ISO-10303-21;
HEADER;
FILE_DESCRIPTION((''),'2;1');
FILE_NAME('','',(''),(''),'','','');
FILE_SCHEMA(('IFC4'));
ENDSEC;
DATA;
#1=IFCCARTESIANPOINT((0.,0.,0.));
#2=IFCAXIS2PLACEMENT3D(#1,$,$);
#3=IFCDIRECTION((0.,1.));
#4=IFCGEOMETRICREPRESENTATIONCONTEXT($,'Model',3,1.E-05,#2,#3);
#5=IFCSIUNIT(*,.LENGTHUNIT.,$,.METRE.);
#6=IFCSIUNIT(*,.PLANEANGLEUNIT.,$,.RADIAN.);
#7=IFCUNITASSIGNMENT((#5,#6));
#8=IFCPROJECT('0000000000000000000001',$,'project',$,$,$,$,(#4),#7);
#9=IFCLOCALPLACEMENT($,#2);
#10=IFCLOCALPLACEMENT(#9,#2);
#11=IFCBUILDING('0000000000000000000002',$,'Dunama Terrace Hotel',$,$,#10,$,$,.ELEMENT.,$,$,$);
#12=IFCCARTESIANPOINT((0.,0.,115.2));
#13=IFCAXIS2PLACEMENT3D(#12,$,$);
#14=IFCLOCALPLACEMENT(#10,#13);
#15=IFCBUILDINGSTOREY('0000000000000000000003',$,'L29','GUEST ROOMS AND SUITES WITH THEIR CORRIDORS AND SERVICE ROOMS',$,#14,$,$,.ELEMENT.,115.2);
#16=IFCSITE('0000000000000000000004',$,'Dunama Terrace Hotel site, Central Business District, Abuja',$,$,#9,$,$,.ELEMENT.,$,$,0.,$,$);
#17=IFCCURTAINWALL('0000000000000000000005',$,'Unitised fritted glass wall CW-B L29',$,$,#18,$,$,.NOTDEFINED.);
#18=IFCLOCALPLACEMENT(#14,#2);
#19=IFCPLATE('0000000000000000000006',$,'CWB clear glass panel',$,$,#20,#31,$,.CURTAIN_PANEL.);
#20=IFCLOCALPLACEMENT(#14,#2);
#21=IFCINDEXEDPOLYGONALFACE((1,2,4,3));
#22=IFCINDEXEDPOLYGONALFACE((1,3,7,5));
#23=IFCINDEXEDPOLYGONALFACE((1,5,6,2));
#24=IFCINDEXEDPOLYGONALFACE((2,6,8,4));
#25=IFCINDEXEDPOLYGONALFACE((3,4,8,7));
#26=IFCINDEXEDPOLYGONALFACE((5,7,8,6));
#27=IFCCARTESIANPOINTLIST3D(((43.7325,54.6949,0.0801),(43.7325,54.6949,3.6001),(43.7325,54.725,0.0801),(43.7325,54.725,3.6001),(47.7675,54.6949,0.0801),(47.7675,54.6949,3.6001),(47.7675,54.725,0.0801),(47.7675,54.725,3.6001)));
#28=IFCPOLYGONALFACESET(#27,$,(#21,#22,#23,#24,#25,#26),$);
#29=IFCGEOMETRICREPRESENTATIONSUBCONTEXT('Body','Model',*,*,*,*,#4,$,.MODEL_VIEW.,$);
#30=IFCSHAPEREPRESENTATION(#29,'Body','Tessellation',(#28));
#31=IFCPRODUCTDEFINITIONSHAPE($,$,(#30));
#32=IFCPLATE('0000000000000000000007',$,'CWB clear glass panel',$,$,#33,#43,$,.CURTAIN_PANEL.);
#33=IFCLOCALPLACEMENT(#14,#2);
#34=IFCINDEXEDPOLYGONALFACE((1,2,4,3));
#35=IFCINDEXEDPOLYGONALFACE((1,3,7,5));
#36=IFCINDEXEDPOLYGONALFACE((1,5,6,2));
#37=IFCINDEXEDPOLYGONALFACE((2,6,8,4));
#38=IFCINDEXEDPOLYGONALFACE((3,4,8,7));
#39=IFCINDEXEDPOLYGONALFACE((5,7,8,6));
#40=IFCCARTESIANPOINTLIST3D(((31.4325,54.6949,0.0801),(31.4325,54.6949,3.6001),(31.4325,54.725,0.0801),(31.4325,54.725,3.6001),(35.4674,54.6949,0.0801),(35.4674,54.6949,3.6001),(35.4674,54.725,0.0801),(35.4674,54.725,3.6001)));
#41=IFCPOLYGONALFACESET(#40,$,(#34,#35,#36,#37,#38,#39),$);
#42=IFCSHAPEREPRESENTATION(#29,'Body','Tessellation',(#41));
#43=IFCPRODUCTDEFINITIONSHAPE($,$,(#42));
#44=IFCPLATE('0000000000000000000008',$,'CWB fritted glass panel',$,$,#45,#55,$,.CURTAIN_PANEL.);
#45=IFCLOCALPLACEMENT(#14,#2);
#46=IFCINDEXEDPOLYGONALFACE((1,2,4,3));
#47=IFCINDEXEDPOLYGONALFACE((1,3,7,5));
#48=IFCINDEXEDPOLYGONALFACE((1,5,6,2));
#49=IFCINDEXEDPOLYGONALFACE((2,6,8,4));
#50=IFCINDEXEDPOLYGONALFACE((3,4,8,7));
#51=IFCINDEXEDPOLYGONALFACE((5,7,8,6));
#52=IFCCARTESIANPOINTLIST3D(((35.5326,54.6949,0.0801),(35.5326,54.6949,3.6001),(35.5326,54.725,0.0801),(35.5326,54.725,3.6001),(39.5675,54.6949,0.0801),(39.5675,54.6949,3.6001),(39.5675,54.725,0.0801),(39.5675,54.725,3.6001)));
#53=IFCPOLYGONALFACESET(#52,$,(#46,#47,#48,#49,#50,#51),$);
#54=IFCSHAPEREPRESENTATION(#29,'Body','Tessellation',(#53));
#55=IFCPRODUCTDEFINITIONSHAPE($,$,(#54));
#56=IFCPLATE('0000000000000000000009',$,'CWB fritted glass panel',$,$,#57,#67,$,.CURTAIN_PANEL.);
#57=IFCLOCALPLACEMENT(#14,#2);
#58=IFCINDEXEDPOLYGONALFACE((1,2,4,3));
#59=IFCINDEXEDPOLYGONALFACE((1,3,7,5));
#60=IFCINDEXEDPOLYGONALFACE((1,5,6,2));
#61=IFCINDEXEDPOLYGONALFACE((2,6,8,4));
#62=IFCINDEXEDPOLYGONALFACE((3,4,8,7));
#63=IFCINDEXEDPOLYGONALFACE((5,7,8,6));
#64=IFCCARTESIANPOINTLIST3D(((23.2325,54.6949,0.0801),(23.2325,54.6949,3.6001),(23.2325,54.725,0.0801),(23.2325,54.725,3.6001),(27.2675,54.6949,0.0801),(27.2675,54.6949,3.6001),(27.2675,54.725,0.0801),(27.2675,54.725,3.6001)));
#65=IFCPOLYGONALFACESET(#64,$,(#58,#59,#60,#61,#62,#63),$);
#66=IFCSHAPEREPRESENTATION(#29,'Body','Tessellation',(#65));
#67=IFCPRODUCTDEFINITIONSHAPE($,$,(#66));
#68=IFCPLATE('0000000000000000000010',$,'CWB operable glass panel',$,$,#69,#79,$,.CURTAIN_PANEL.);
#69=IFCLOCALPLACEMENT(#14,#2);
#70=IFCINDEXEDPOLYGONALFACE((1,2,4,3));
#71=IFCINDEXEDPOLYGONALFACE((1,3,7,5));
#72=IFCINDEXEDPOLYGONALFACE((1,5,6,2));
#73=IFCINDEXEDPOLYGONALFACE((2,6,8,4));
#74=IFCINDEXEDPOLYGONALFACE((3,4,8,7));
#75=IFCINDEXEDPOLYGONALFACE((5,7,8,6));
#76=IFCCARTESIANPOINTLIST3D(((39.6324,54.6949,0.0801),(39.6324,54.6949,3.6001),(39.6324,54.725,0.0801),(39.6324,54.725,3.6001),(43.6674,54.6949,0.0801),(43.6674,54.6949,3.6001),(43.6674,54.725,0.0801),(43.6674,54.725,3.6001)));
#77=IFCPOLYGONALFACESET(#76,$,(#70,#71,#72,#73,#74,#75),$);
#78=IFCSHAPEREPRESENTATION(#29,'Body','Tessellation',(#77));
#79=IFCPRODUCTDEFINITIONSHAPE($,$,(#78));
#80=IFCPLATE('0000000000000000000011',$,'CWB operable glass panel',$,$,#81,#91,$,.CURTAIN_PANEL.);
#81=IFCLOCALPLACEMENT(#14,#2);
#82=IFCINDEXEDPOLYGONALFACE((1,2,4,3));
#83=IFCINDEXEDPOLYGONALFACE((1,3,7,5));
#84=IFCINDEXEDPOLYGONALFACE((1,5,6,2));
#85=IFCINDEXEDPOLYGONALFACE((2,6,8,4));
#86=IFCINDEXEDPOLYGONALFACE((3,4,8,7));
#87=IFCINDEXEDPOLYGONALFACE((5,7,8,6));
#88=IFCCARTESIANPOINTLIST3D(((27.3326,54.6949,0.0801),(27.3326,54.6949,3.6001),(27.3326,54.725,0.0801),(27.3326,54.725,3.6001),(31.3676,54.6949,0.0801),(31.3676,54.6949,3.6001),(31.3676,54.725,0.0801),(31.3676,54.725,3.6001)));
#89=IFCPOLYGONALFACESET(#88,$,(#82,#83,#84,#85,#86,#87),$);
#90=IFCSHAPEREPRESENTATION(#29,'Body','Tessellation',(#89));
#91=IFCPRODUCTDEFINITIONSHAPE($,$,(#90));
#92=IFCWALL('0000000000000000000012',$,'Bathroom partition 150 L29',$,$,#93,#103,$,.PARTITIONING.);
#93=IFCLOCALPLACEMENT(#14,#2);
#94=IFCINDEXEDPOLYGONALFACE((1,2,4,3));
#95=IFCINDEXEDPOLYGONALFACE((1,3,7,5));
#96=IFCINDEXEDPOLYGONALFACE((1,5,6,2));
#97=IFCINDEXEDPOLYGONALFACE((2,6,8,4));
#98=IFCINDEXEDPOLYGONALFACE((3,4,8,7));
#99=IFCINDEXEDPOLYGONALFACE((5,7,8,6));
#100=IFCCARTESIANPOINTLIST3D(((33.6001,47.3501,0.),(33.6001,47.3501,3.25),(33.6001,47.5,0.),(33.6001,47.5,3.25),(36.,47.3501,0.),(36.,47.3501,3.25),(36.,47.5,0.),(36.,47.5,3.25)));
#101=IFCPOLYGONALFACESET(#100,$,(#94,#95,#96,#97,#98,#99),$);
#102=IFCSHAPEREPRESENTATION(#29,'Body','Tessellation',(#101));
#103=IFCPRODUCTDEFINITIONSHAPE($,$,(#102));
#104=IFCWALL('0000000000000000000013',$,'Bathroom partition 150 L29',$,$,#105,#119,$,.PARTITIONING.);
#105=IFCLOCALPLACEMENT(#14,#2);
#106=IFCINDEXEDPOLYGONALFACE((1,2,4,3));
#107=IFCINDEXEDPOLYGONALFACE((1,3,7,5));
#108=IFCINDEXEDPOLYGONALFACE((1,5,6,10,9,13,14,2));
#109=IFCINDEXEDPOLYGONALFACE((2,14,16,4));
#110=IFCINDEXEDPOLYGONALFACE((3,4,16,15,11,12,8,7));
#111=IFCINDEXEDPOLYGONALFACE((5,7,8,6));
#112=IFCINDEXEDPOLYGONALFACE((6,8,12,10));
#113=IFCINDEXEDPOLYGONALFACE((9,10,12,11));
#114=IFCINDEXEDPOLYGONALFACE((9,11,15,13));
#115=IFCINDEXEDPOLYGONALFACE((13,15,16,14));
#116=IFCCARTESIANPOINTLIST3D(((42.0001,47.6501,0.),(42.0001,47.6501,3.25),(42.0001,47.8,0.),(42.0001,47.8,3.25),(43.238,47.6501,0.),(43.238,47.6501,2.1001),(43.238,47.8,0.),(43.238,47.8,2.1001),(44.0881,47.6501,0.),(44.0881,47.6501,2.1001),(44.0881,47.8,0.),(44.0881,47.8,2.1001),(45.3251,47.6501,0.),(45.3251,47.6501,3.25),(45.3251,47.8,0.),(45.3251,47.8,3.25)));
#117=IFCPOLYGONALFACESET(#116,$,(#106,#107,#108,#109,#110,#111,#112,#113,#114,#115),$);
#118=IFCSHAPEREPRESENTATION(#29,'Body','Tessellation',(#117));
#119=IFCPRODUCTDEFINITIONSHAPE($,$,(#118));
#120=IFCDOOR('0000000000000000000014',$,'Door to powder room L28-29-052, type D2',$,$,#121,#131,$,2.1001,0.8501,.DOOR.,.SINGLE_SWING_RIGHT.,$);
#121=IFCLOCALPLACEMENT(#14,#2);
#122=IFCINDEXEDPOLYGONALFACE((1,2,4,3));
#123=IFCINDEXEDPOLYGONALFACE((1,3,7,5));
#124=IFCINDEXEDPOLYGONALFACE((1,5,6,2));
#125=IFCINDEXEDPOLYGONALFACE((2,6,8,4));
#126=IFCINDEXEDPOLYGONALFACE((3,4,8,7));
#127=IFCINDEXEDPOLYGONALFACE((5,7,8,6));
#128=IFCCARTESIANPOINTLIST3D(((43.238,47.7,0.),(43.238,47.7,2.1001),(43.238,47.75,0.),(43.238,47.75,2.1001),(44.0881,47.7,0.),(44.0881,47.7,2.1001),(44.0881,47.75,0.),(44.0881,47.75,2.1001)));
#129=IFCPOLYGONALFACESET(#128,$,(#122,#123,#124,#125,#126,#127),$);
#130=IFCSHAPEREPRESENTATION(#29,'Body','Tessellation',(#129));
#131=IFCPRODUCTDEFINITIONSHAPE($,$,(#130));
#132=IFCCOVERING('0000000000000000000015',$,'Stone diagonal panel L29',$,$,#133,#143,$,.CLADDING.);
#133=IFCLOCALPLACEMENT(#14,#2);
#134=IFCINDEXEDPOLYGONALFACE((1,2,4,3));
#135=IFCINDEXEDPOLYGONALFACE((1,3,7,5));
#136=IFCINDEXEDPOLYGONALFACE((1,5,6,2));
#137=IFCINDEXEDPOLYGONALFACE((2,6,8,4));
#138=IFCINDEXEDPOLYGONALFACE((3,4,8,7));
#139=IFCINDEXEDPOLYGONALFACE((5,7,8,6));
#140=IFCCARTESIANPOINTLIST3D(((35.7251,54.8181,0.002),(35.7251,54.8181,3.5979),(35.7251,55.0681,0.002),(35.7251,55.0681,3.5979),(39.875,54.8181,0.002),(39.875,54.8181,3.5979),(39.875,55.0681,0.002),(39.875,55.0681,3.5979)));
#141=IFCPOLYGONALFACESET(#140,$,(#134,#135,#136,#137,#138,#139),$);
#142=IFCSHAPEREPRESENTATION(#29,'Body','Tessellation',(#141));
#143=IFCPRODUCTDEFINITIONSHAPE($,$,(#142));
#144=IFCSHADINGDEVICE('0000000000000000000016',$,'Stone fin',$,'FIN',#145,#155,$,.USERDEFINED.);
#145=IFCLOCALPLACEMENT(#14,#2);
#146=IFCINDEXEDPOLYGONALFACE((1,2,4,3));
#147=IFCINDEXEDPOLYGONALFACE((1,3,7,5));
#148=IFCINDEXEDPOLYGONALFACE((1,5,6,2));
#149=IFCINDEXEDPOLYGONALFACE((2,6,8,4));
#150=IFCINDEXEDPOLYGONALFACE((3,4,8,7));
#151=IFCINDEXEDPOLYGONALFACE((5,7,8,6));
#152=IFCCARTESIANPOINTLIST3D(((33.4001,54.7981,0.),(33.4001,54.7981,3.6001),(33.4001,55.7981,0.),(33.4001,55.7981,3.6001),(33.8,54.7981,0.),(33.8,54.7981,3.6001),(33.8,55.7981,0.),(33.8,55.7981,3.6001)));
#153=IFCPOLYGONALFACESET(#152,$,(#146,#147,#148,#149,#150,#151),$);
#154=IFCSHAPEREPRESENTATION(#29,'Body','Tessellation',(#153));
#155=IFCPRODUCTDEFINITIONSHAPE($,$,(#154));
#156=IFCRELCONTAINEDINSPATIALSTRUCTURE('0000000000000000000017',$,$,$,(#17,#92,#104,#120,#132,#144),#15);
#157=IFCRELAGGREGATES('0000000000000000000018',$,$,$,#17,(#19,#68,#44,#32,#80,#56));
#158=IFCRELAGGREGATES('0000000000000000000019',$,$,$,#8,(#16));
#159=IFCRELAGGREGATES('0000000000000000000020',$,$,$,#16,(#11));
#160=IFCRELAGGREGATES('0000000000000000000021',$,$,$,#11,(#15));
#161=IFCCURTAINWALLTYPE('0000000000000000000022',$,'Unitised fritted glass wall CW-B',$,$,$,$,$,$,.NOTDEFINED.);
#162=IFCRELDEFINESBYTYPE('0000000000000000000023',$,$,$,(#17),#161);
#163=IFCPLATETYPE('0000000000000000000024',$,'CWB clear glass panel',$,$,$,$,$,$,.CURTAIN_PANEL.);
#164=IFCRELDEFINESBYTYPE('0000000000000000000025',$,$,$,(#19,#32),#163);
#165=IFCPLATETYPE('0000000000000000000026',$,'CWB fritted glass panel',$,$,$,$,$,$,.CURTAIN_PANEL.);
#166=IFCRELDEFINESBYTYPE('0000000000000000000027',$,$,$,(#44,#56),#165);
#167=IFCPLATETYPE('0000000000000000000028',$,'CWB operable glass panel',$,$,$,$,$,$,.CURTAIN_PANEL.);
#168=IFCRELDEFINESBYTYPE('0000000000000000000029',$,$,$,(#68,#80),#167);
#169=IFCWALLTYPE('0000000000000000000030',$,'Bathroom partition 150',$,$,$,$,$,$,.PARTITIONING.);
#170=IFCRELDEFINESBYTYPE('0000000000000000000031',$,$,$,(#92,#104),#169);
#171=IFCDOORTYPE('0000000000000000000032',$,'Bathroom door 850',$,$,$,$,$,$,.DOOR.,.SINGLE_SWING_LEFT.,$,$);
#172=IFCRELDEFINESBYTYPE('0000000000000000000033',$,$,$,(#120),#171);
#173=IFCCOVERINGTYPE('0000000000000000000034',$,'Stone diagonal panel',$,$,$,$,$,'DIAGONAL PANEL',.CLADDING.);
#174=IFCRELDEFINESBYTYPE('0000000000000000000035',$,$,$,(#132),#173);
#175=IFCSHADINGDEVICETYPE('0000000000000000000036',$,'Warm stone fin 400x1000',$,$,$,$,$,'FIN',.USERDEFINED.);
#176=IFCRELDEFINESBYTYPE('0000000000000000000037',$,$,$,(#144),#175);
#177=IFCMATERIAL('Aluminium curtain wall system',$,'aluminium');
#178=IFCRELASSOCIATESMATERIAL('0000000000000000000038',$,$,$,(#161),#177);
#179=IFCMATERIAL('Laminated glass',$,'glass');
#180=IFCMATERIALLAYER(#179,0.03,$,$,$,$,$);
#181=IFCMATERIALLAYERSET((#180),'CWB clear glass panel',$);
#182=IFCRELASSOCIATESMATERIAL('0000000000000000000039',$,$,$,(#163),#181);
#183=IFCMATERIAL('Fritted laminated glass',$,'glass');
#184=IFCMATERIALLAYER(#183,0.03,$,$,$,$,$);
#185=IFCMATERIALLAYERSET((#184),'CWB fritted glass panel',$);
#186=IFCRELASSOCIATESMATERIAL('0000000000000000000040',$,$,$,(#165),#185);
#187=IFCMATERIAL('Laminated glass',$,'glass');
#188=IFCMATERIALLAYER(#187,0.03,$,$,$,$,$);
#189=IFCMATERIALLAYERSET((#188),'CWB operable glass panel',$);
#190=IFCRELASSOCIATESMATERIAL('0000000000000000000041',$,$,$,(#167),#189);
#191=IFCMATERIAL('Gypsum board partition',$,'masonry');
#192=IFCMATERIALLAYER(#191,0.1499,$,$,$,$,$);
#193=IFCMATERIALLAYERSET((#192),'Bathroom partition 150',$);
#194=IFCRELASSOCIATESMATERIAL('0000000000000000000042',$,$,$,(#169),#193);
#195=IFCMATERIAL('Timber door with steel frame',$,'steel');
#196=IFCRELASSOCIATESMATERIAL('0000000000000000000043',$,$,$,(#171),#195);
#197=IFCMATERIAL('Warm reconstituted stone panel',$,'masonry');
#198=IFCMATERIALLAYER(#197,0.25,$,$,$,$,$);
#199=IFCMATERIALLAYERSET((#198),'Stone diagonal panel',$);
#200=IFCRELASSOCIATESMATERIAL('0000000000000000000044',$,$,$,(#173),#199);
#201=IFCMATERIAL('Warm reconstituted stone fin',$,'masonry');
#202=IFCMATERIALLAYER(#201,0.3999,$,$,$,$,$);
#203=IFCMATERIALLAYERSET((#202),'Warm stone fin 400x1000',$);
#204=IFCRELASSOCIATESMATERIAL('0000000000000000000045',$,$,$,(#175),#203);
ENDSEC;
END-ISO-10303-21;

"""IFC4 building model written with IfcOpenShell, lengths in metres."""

from ifc_helpers import new_model, si_unit, direction, frame, frame_2d, origin, origin_2d, place, context, subcontext, project, spatial, rectangle, extrude, material, layer, layer_set, type_object, element, fill, aggregate, save


model = new_model("IFC4")

# Units and contexts
model_context = context("Model", 3, precision=1e-05, world=origin(), true_north=direction((0.0, 1.0)))
body_context = subcontext(model_context, "Body", "Model", "MODEL_VIEW")
ifc_project = project(units=[si_unit("LENGTHUNIT", "METRE"), si_unit("PLANEANGLEUNIT", "RADIAN")], contexts=[model_context])

# Site, building, storey
site_placement = place(None, origin())
site = spatial("IfcSite", under=ifc_project, at=site_placement, Name="Dunama Terrace Hotel site, Central Business District, Abuja", CompositionType="ELEMENT", RefElevation=0.0)
building_placement = place(site_placement, origin())
building = spatial("IfcBuilding", under=site, at=building_placement, Name="Dunama Terrace Hotel", CompositionType="ELEMENT")
storey_placement = place(building_placement, frame((0.0, 0.0, 115.2)))
storey = spatial("IfcBuildingStorey", under=building, at=storey_placement, Name="L29", Description="GUEST ROOMS AND SUITES WITH THEIR CORRIDORS AND SERVICE ROOMS", CompositionType="ELEMENT", Elevation=115.2)

# Curtain wall
ifc_material_1 = material(Name="Aluminium curtain wall system", Category="aluminium")
curtain_wall_type = type_object("IfcCurtainWallType", Name="Unitised fritted glass wall CW-B", PredefinedType="NOTDEFINED", material=ifc_material_1)
curtain_wall_placement = place(storey_placement, origin())
curtain_wall = element("IfcCurtainWall", 1, at=curtain_wall_placement, inside=storey, type_object=curtain_wall_type, Name="Unitised fritted glass wall CW-B L29", PredefinedType="NOTDEFINED")

# Plates
ifc_material_2 = material(Name="Laminated glass", Category="glass")
ifc_layer_1 = layer(ifc_material_2, 0.03)
ifc_layer_set_1 = layer_set([ifc_layer_1], Name="CWB clear glass panel")
plate_type_1 = type_object("IfcPlateType", Name="CWB clear glass panel", PredefinedType="CURTAIN_PANEL", material=ifc_layer_set_1)
plate_1_placement = place(storey_placement, frame((45.75, 54.71, 0.0801), z_axis=(0.0, 0.0, 1.0), x_axis=(-1.0, 0.0, 0.0)))
plate_1 = element("IfcPlate", 2, at=plate_1_placement, type_object=plate_type_1, Name="CWB clear glass panel", PredefinedType="CURTAIN_PANEL", context=body_context, shape_type="SweptSolid", body=[
    extrude(rectangle(XDim=4.0349, YDim=0.03, at=origin_2d()), origin(), (0.0, 0.0, 1.0), 3.52),
])
plate_2_placement = place(storey_placement, frame((33.45, 54.71, 0.0801), z_axis=(0.0, 0.0, 1.0), x_axis=(-1.0, 0.0, 0.0)))
plate_2 = element("IfcPlate", 3, at=plate_2_placement, type_object=plate_type_1, Name="CWB clear glass panel", PredefinedType="CURTAIN_PANEL", context=body_context, shape_type="SweptSolid", body=[
    extrude(rectangle(XDim=4.0349, YDim=0.03, at=origin_2d()), origin(), (0.0, 0.0, 1.0), 3.52),
])
ifc_material_3 = material(Name="Fritted laminated glass", Category="glass")
ifc_layer_2 = layer(ifc_material_3, 0.03)
ifc_layer_set_2 = layer_set([ifc_layer_2], Name="CWB fritted glass panel")
plate_type_2 = type_object("IfcPlateType", Name="CWB fritted glass panel", PredefinedType="CURTAIN_PANEL", material=ifc_layer_set_2)
plate_3_placement = place(storey_placement, frame((37.55, 54.71, 0.0801), z_axis=(0.0, 0.0, 1.0), x_axis=(-1.0, 0.0, 0.0)))
plate_3 = element("IfcPlate", 4, at=plate_3_placement, type_object=plate_type_2, Name="CWB fritted glass panel", PredefinedType="CURTAIN_PANEL", context=body_context, shape_type="SweptSolid", body=[
    extrude(rectangle(XDim=4.0349, YDim=0.03, at=origin_2d()), origin(), (0.0, 0.0, 1.0), 3.52),
])
plate_4_placement = place(storey_placement, frame((25.25, 54.71, 0.0801), z_axis=(0.0, 0.0, 1.0), x_axis=(-1.0, 0.0, 0.0)))
plate_4 = element("IfcPlate", 5, at=plate_4_placement, type_object=plate_type_2, Name="CWB fritted glass panel", PredefinedType="CURTAIN_PANEL", context=body_context, shape_type="SweptSolid", body=[
    extrude(rectangle(XDim=4.0349, YDim=0.03, at=origin_2d()), origin(), (0.0, 0.0, 1.0), 3.52),
])
ifc_material_4 = material(Name="Laminated glass", Category="glass")
ifc_layer_3 = layer(ifc_material_4, 0.03)
ifc_layer_set_3 = layer_set([ifc_layer_3], Name="CWB operable glass panel")
plate_type_3 = type_object("IfcPlateType", Name="CWB operable glass panel", PredefinedType="CURTAIN_PANEL", material=ifc_layer_set_3)
plate_5_placement = place(storey_placement, frame((41.6499, 54.71, 0.0801), z_axis=(0.0, 0.0, 1.0), x_axis=(-1.0, 0.0, 0.0)))
plate_5 = element("IfcPlate", 6, at=plate_5_placement, type_object=plate_type_3, Name="CWB operable glass panel", PredefinedType="CURTAIN_PANEL", context=body_context, shape_type="SweptSolid", body=[
    extrude(rectangle(XDim=4.0349, YDim=0.03, at=origin_2d()), origin(), (0.0, 0.0, 1.0), 3.52),
])
plate_6_placement = place(storey_placement, frame((29.3501, 54.71, 0.0801), z_axis=(0.0, 0.0, 1.0), x_axis=(-1.0, 0.0, 0.0)))
plate_6 = element("IfcPlate", 7, at=plate_6_placement, type_object=plate_type_3, Name="CWB operable glass panel", PredefinedType="CURTAIN_PANEL", context=body_context, shape_type="SweptSolid", body=[
    extrude(rectangle(XDim=4.0349, YDim=0.03, at=origin_2d()), origin(), (0.0, 0.0, 1.0), 3.52),
])
aggregate(curtain_wall, [plate_1, plate_5, plate_3, plate_2, plate_6, plate_4])

# Wall
ifc_material_5 = material(Name="Gypsum board partition", Category="masonry")
ifc_layer_4 = layer(ifc_material_5, 0.1499)
ifc_layer_set_4 = layer_set([ifc_layer_4], Name="Bathroom partition 150")
wall_type = type_object("IfcWallType", Name="Bathroom partition 150", PredefinedType="PARTITIONING", material=ifc_layer_set_4)
wall_1_placement = place(storey_placement, frame((33.6001, 47.425, 0.0), z_axis=(0.0, 0.0, 1.0), x_axis=(1.0, 0.0, 0.0)))
element("IfcWall", 8, at=wall_1_placement, inside=storey, type_object=wall_type, Name="Bathroom partition 150 L29", PredefinedType="PARTITIONING", context=body_context, shape_type="SweptSolid", body=[
    extrude(rectangle(XDim=2.3999, YDim=0.1499, at=frame_2d((1.2, 0.0))), origin(), (0.0, 0.0, 1.0), 3.25),
])

# Wall, opening, door
wall_2_placement = place(storey_placement, frame((42.0, 47.7251, 0.0), z_axis=(0.0, 0.0, 1.0), x_axis=(1.0, 0.0, 0.0)))
wall_2 = element("IfcWall", 9, at=wall_2_placement, inside=storey, type_object=wall_type, Name="Bathroom partition 150 L29", PredefinedType="PARTITIONING", context=body_context, shape_type="SweptSolid", body=[
    extrude(rectangle(XDim=3.325, YDim=0.1499, at=frame_2d((1.6626, 0.0))), origin(), (0.0, 0.0, 1.0), 3.25),
])
opening_placement = place(wall_2_placement, frame((1.238, 0.0, 0.0)))
opening = element("IfcOpeningElement", 10, at=opening_placement, cuts=wall_2, PredefinedType="OPENING", context=body_context, shape_type="SweptSolid", body=[
    extrude(rectangle(XDim=0.8501, YDim=2.1001, at=frame_2d((0.425, 1.05))), frame((0.0, 0.085, 0.0), z_axis=(0.0, -1.0, 0.0), x_axis=(1.0, 0.0, 0.0)), (0.0, 0.0, 1.0), 0.1699),
])
ifc_material_6 = material(Name="Timber door with steel frame", Category="steel")
door_type = type_object("IfcDoorType", Name="Bathroom door 850", OperationType="SINGLE_SWING_LEFT", PredefinedType="DOOR", material=ifc_material_6)
door_placement = place(opening_placement, frame((0.8501, 0.0, 0.0), z_axis=(0.0, 0.0, 1.0), x_axis=(-1.0, 0.0, 0.0)))
door = element("IfcDoor", 11, at=door_placement, inside=storey, type_object=door_type, Name="Door to powder room L28-29-052, type D2", OperationType="SINGLE_SWING_RIGHT", OverallHeight=2.1001, OverallWidth=0.8501, PredefinedType="DOOR", context=body_context, shape_type="SweptSolid", body=[
    extrude(rectangle(XDim=0.8501, YDim=2.1001, at=frame_2d((0.425, 1.05))), frame((0.0, 0.0251, 0.0), z_axis=(0.0, -1.0, 0.0), x_axis=(1.0, 0.0, 0.0)), (0.0, 0.0, 1.0), 0.05),
])
fill(opening, door)

# Covering
ifc_material_7 = material(Name="Warm reconstituted stone panel", Category="masonry")
ifc_layer_5 = layer(ifc_material_7, 0.25)
ifc_layer_set_5 = layer_set([ifc_layer_5], Name="Stone diagonal panel")
covering_type = type_object("IfcCoveringType", Name="Stone diagonal panel", ElementType="DIAGONAL PANEL", PredefinedType="CLADDING", material=ifc_layer_set_5)
covering_placement = place(storey_placement, frame((37.8, 54.9431, 0.002), z_axis=(0.0, 0.0, 1.0), x_axis=(-1.0, 0.0, 0.0)))
element("IfcCovering", 12, at=covering_placement, inside=storey, type_object=covering_type, Name="Stone diagonal panel L29", PredefinedType="CLADDING", context=body_context, shape_type="SweptSolid", body=[
    extrude(rectangle(XDim=4.1499, YDim=0.25, at=origin_2d()), origin(), (0.0, 0.0, 1.0), 3.5959),
])

# Shading device
ifc_material_8 = material(Name="Warm reconstituted stone fin", Category="masonry")
ifc_layer_6 = layer(ifc_material_8, 0.3999)
ifc_layer_set_6 = layer_set([ifc_layer_6], Name="Warm stone fin 400x1000")
shading_device_type = type_object("IfcShadingDeviceType", Name="Warm stone fin 400x1000", ElementType="FIN", PredefinedType="USERDEFINED", material=ifc_layer_set_6)
shading_device_placement = place(storey_placement, frame((33.6001, 55.2981, 0.0), z_axis=(0.0, 0.0, 1.0), x_axis=(-1.0, 0.0, 0.0)))
element("IfcShadingDevice", 13, at=shading_device_placement, inside=storey, type_object=shading_device_type, Name="Stone fin", ObjectType="FIN", PredefinedType="USERDEFINED", context=body_context, shape_type="SweptSolid", body=[
    extrude(rectangle(XDim=0.3999, YDim=1.0, at=origin_2d()), origin(), (0.0, 0.0, 1.0), 3.6001),
])

save(model, "model.ifc")
